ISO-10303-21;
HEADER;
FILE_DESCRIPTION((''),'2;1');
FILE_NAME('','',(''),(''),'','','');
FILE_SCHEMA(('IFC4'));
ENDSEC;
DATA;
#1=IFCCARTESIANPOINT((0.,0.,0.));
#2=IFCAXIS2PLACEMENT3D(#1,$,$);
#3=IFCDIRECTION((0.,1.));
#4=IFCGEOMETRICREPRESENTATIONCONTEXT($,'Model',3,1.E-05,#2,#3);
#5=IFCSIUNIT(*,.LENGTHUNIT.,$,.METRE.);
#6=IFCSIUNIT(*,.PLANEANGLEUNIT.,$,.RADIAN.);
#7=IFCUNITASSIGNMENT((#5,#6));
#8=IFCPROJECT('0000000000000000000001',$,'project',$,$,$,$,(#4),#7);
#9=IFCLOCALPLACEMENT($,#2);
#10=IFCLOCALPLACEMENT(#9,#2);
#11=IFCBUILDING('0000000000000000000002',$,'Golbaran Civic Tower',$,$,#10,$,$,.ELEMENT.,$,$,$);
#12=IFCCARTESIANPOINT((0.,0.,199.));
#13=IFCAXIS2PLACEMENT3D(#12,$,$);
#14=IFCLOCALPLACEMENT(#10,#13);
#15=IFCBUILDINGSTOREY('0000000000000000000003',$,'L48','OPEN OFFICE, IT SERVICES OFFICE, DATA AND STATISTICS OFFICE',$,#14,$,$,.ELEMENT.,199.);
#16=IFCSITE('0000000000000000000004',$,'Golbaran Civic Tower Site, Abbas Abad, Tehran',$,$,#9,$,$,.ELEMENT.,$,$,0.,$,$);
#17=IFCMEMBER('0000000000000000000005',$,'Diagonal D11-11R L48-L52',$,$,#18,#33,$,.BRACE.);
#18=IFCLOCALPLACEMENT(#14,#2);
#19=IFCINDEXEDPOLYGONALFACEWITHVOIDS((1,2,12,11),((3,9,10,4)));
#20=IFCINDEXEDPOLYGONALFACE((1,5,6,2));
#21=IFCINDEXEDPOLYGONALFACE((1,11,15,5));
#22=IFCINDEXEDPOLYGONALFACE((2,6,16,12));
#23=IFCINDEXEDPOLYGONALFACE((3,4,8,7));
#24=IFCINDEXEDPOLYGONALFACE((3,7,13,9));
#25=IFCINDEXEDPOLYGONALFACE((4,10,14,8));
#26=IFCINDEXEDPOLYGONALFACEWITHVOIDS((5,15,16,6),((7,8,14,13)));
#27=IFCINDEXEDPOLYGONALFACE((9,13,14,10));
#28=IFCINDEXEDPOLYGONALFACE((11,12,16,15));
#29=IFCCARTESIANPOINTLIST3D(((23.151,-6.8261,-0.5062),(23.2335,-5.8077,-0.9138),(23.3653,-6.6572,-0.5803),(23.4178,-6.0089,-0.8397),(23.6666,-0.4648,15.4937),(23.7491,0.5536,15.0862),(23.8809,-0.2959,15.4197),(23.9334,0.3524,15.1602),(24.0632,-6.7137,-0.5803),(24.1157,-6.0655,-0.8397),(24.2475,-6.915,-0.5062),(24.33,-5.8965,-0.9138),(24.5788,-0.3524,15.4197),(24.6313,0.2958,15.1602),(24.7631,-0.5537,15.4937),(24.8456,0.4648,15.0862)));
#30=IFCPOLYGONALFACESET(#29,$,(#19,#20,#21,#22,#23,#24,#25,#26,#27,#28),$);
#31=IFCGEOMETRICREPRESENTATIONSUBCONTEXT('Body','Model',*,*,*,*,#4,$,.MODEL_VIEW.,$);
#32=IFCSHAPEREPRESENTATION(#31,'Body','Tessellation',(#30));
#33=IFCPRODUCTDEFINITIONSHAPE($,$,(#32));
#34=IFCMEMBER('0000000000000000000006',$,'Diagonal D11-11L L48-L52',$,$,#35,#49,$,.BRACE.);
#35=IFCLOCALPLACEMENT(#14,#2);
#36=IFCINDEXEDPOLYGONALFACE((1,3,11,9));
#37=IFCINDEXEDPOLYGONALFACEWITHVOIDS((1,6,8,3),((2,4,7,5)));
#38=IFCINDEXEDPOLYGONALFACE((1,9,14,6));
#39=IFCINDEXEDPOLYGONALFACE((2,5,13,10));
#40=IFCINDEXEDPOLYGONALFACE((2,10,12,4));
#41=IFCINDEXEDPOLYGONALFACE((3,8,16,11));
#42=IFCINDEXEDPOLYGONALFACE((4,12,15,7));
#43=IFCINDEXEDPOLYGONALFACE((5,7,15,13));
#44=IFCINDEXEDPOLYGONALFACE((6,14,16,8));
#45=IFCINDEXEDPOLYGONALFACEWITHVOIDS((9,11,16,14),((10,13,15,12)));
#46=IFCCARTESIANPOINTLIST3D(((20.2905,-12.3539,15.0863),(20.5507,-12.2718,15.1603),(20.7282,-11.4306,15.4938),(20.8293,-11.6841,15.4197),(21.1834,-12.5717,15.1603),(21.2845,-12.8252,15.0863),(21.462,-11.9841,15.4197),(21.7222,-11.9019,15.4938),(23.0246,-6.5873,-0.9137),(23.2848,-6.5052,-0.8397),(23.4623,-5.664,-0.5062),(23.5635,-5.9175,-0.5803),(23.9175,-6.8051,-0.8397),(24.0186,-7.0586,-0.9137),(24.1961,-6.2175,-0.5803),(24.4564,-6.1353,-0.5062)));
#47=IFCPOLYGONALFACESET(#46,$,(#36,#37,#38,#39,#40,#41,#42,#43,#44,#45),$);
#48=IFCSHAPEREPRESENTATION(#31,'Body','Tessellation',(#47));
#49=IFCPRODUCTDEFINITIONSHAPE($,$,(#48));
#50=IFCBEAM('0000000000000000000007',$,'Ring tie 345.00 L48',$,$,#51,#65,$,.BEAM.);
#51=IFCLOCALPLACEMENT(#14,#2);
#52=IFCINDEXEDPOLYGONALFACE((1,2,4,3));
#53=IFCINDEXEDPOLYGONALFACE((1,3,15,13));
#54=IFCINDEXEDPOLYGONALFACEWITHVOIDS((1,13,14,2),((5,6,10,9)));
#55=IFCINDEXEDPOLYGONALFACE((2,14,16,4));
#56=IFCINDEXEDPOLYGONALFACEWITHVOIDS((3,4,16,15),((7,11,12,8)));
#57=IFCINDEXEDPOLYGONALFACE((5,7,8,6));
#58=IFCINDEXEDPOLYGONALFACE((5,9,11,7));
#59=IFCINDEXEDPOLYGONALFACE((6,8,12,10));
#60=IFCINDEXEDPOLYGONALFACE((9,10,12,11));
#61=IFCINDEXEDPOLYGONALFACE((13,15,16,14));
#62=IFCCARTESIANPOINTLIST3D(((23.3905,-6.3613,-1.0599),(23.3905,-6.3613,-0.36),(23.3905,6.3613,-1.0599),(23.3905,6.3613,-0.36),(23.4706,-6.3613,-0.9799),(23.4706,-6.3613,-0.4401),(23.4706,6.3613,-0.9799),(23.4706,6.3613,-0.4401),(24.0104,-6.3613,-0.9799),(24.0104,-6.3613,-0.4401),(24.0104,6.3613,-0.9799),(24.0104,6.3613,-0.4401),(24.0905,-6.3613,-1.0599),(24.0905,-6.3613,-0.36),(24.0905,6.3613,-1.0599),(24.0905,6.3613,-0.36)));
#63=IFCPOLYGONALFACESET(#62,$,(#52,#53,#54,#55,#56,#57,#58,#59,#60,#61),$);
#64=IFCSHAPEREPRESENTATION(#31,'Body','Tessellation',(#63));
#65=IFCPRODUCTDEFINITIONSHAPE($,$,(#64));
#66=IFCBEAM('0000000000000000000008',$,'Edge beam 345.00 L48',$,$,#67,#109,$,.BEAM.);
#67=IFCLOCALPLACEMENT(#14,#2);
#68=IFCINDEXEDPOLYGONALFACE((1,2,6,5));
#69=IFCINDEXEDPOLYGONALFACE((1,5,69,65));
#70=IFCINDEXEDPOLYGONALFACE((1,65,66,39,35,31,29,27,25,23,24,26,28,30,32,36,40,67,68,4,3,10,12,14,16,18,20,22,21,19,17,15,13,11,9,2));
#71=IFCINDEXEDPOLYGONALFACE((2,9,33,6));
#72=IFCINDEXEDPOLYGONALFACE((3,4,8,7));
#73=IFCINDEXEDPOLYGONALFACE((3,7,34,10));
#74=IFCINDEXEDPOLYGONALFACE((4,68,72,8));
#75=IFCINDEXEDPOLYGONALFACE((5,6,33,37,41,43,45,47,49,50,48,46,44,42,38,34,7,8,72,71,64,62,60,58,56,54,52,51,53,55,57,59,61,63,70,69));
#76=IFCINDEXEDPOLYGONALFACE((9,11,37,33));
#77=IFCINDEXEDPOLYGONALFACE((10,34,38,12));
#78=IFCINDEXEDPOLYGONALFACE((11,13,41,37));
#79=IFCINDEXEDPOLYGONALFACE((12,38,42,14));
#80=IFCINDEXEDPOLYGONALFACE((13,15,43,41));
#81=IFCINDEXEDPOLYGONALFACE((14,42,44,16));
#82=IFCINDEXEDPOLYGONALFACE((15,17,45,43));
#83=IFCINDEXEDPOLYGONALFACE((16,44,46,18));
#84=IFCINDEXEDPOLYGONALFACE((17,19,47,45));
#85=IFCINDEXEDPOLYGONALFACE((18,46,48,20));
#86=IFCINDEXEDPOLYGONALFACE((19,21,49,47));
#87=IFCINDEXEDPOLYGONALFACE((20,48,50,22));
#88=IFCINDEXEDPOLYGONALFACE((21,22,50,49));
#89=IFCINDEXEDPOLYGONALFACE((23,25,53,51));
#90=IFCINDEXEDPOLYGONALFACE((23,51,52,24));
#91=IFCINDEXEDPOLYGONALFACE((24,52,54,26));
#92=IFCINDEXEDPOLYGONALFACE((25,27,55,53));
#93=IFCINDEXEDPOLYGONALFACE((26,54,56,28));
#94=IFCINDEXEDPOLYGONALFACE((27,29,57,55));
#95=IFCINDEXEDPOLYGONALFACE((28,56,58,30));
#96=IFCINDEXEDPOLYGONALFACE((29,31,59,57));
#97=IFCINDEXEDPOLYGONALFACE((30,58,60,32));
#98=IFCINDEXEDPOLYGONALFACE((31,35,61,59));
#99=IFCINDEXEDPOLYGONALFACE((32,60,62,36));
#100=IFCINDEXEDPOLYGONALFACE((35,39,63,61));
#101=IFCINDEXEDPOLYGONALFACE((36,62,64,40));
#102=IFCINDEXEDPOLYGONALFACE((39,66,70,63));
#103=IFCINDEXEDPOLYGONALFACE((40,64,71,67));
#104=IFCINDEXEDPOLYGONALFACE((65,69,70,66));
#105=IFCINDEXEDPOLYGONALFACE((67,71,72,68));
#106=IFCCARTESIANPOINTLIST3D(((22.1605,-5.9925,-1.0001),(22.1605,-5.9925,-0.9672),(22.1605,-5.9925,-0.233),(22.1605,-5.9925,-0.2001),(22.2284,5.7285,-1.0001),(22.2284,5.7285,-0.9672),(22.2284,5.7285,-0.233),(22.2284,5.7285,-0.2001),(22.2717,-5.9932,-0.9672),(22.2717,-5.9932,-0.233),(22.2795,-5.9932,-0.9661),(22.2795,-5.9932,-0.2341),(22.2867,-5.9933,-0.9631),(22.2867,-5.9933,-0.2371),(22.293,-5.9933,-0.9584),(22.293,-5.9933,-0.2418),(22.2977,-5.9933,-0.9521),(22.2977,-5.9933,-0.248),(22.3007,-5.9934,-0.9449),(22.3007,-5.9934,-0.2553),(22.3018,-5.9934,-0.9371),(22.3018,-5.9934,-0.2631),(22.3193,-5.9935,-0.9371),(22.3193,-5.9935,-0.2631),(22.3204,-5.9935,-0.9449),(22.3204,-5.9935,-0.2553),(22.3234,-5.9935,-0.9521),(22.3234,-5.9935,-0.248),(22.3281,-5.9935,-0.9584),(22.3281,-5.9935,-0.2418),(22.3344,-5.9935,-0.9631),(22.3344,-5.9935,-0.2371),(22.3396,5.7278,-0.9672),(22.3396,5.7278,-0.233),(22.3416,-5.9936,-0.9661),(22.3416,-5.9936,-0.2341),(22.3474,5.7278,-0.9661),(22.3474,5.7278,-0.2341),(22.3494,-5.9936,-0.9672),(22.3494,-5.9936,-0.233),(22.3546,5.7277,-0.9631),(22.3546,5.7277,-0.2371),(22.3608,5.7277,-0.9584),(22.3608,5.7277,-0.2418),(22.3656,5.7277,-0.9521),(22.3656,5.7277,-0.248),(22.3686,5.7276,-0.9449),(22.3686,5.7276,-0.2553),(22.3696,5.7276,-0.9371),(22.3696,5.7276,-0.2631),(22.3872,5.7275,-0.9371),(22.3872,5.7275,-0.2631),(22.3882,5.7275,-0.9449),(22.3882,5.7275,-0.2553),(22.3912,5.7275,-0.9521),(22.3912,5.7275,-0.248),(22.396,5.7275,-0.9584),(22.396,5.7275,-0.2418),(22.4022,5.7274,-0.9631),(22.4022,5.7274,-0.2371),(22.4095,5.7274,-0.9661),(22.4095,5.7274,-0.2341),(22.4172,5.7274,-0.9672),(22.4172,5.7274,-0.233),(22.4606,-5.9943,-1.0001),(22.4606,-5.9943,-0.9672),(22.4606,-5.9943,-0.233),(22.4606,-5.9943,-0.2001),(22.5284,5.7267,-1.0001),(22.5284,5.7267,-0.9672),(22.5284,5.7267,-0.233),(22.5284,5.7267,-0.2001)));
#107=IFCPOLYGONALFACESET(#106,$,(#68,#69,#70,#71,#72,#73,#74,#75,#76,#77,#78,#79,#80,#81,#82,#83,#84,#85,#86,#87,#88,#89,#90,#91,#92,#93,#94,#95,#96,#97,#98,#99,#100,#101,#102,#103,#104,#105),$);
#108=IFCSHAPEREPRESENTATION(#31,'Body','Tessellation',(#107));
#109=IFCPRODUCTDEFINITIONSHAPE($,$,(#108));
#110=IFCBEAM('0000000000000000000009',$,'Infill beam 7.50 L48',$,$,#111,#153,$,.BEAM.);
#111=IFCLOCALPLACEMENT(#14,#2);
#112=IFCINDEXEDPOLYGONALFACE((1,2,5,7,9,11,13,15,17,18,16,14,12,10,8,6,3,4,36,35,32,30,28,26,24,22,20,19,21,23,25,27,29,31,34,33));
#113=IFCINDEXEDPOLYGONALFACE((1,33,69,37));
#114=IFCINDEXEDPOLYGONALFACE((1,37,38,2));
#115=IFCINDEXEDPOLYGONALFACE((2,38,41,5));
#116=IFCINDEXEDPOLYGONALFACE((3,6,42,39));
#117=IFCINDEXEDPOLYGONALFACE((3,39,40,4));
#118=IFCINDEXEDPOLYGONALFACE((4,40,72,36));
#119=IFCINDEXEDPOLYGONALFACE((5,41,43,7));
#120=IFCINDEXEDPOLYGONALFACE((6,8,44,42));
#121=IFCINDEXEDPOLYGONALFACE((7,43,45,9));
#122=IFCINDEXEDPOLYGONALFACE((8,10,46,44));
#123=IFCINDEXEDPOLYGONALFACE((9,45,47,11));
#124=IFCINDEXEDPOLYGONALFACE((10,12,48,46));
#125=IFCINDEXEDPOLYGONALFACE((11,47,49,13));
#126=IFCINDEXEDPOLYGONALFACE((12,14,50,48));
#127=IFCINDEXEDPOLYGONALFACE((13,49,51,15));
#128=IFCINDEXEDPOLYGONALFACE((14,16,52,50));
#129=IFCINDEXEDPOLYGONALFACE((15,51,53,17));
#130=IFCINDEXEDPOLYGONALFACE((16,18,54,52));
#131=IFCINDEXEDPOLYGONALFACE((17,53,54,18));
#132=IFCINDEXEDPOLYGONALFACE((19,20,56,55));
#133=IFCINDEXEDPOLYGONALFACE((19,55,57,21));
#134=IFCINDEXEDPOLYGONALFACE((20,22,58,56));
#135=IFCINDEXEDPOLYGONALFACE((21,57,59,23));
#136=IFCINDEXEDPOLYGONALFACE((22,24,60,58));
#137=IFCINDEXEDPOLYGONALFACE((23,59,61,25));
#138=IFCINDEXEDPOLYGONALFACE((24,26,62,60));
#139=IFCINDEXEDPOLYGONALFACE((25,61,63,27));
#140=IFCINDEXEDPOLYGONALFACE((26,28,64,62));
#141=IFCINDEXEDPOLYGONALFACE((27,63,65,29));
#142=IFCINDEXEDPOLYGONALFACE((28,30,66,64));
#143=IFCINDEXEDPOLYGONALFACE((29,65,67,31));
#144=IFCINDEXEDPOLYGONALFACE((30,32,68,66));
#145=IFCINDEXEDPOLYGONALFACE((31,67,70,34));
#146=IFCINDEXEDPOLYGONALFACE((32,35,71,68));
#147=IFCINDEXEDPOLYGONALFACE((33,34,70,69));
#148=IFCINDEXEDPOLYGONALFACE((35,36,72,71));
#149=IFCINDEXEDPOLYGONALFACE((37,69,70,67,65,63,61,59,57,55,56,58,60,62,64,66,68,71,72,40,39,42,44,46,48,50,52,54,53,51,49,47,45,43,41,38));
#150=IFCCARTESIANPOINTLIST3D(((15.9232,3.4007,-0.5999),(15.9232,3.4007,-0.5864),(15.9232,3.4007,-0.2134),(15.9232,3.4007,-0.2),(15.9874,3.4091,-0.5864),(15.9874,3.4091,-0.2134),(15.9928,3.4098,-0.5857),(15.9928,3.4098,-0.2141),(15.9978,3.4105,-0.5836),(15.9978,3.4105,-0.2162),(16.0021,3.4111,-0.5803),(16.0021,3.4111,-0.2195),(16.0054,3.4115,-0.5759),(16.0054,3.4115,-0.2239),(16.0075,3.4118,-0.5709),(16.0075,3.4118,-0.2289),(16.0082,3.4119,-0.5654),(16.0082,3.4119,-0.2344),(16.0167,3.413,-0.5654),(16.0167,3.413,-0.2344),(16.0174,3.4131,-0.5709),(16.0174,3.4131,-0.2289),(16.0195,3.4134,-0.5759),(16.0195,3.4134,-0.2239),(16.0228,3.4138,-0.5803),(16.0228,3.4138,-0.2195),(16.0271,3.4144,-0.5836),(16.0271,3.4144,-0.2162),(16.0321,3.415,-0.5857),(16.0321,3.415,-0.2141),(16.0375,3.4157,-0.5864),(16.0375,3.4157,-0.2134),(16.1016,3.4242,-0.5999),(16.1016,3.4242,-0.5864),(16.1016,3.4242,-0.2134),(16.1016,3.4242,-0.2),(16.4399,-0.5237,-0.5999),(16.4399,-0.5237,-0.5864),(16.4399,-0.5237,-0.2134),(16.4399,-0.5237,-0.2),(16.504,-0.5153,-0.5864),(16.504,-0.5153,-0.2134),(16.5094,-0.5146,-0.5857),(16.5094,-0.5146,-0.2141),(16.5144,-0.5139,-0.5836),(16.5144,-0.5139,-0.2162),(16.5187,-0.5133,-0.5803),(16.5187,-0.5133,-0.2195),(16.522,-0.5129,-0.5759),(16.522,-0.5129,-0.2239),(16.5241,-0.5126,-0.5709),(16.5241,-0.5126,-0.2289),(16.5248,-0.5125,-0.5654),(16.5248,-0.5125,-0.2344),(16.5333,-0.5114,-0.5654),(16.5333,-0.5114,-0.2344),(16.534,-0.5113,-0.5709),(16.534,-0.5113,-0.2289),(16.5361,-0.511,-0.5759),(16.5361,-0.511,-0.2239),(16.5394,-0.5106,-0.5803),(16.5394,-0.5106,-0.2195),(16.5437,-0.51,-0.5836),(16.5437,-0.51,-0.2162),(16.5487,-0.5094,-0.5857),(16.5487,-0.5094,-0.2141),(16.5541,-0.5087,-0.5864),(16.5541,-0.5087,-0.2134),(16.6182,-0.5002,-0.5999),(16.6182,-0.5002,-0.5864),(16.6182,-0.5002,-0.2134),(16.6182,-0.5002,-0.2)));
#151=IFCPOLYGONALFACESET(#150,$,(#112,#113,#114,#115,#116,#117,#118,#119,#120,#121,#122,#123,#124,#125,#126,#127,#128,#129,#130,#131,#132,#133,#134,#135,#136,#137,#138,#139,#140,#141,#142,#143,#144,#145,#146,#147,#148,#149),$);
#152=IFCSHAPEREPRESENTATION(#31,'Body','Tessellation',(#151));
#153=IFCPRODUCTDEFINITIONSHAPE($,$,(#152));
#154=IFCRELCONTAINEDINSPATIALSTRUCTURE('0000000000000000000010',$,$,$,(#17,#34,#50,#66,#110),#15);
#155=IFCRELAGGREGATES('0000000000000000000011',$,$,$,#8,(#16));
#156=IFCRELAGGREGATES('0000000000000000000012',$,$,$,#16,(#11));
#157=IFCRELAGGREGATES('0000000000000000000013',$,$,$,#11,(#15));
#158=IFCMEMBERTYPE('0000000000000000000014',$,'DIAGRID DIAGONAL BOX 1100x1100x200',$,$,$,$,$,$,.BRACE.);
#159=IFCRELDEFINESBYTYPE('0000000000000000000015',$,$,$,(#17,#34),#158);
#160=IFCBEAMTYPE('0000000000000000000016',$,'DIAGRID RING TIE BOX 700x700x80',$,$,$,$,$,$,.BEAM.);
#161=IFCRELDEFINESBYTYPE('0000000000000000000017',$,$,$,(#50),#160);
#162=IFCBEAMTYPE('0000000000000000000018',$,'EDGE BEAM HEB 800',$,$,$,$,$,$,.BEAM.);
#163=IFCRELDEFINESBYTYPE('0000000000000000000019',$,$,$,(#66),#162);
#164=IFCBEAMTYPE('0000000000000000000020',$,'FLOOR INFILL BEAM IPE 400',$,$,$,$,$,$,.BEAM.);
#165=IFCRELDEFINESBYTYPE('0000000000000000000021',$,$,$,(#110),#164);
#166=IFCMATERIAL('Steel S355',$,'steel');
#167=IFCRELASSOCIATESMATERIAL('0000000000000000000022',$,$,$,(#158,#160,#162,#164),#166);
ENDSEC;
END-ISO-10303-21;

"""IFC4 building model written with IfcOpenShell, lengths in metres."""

from ifc_helpers import new_model, si_unit, direction, frame, origin, origin_2d, place, context, subcontext, project, spatial, hollow_rectangle, i_section, extrude, material, material_profile, profile_set, type_object, element, save


model = new_model("IFC4")

# Units and contexts
model_context = context("Model", 3, precision=1e-05, world=origin(), true_north=direction((0.0, 1.0)))
body_context = subcontext(model_context, "Body", "Model", "MODEL_VIEW")
ifc_project = project(units=[si_unit("LENGTHUNIT", "METRE"), si_unit("PLANEANGLEUNIT", "RADIAN")], contexts=[model_context])

# Site, building, storey
site_placement = place(None, origin())
site = spatial("IfcSite", under=ifc_project, at=site_placement, Name="Golbaran Civic Tower Site, Abbas Abad, Tehran", CompositionType="ELEMENT", RefElevation=0.0)
building_placement = place(site_placement, origin())
building = spatial("IfcBuilding", under=site, at=building_placement, Name="Golbaran Civic Tower", CompositionType="ELEMENT")
storey_placement = place(building_placement, frame((0.0, 0.0, 199.0)))
storey = spatial("IfcBuildingStorey", under=building, at=storey_placement, Name="L48", Description="OPEN OFFICE, IT SERVICES OFFICE, DATA AND STATISTICS OFFICE", CompositionType="ELEMENT", Elevation=199.0)

# Members
ifc_material_1 = material(Name="Steel S355", Category="steel")
ifc_material_profile_1 = material_profile(ifc_material_1, hollow_rectangle(XDim=1.1001, YDim=1.1001, WallThickness=0.2, at=origin_2d()), Name="BOX 1100x1100x200")
ifc_profile_set_1 = profile_set([ifc_material_profile_1], Name="Steel S355")
member_type_1 = type_object("IfcMemberType", Name="DIAGRID DIAGONAL BOX 1100x1100x200", PredefinedType="BRACE", material=ifc_profile_set_1)
for number, where, z_axis, x_axis, name in (
    (1, (23.7405, -6.3613, -0.71), (0.029933, 0.369288, 0.928833), (-0.996731, 0.080791, 0.0), "Diagonal D11-11R L48-L52"),
    (2, (23.7405, -6.3613, -0.71), (-0.158723, -0.334765, 0.928838), (0.903581, -0.428417, 0.0), "Diagonal D11-11L L48-L52"),
):
    element("IfcMember", number, at=place(storey_placement, frame(where, z_axis=z_axis, x_axis=x_axis)), inside=storey, type_object=member_type_1, Name=name, PredefinedType="BRACE", context=body_context, shape_type="SweptSolid", body=[
        extrude(hollow_rectangle(XDim=1.1001, YDim=1.1001, WallThickness=0.2, at=origin_2d()), origin(), (0.0, 0.0, 1.0), 17.2258),
    ])

# Beams
ifc_material_profile_2 = material_profile(ifc_material_1, hollow_rectangle(XDim=0.7, YDim=0.7, WallThickness=0.0801, at=origin_2d()), Name="BOX 700x700x80")
ifc_profile_set_2 = profile_set([ifc_material_profile_2], Name="Steel S355")
beam_type_1 = type_object("IfcBeamType", Name="DIAGRID RING TIE BOX 700x700x80", PredefinedType="BEAM", material=ifc_profile_set_2)
beam_1_placement = place(storey_placement, frame((23.7405, -6.3613, -0.71), z_axis=(0.0, 1.0, 0.0), x_axis=(-1.0, 0.0, 0.0)))
element("IfcBeam", 3, at=beam_1_placement, inside=storey, type_object=beam_type_1, Name="Ring tie 345.00 L48", PredefinedType="BEAM", context=body_context, shape_type="SweptSolid", body=[
    extrude(hollow_rectangle(XDim=0.7, YDim=0.7, WallThickness=0.0801, at=origin_2d()), origin(), (0.0, 0.0, 1.0), 12.7227),
])
ifc_material_profile_3 = material_profile(ifc_material_1, i_section(OverallWidth=0.3, OverallDepth=0.8, WebThickness=0.0176, FlangeThickness=0.033, FilletRadius=0.03, at=origin_2d()), Name="HEB 800")
ifc_profile_set_3 = profile_set([ifc_material_profile_3], Name="Steel S355")
beam_type_2 = type_object("IfcBeamType", Name="EDGE BEAM HEB 800", PredefinedType="BEAM", material=ifc_profile_set_3)
beam_2_placement = place(storey_placement, frame((22.3105, -5.9934, -0.6001), z_axis=(0.00579, 0.999983, 0.0), x_axis=(-0.999983, 0.00579, 0.0)))
element("IfcBeam", 4, at=beam_2_placement, inside=storey, type_object=beam_type_2, Name="Edge beam 345.00 L48", PredefinedType="BEAM", context=body_context, shape_type="SweptSolid", body=[
    extrude(i_section(OverallWidth=0.3, OverallDepth=0.8, WebThickness=0.0176, FlangeThickness=0.033, FilletRadius=0.03, at=origin_2d()), origin(), (0.0, 0.0, 1.0), 11.7212),
])
ifc_material_profile_4 = material_profile(ifc_material_1, i_section(OverallWidth=0.1799, OverallDepth=0.3999, WebThickness=0.0085, FlangeThickness=0.0134, FilletRadius=0.021, at=origin_2d()), Name="IPE 400")
ifc_profile_set_4 = profile_set([ifc_material_profile_4], Name="Steel S355")
beam_type_3 = type_object("IfcBeamType", Name="FLOOR INFILL BEAM IPE 400", PredefinedType="BEAM", material=ifc_profile_set_4)
beam_3_placement = place(storey_placement, frame((16.5291, -0.512, -0.3999), z_axis=(-0.130515, 0.991446, 0.0), x_axis=(-0.991446, -0.130515, 0.0)))
element("IfcBeam", 5, at=beam_3_placement, inside=storey, type_object=beam_type_3, Name="Infill beam 7.50 L48", PredefinedType="BEAM", context=body_context, shape_type="SweptSolid", body=[
    extrude(i_section(OverallWidth=0.1799, OverallDepth=0.3999, WebThickness=0.0085, FlangeThickness=0.0134, FilletRadius=0.021, at=origin_2d()), origin(), (0.0, 0.0, 1.0), 3.9583),
])

save(model, "model.ifc")
